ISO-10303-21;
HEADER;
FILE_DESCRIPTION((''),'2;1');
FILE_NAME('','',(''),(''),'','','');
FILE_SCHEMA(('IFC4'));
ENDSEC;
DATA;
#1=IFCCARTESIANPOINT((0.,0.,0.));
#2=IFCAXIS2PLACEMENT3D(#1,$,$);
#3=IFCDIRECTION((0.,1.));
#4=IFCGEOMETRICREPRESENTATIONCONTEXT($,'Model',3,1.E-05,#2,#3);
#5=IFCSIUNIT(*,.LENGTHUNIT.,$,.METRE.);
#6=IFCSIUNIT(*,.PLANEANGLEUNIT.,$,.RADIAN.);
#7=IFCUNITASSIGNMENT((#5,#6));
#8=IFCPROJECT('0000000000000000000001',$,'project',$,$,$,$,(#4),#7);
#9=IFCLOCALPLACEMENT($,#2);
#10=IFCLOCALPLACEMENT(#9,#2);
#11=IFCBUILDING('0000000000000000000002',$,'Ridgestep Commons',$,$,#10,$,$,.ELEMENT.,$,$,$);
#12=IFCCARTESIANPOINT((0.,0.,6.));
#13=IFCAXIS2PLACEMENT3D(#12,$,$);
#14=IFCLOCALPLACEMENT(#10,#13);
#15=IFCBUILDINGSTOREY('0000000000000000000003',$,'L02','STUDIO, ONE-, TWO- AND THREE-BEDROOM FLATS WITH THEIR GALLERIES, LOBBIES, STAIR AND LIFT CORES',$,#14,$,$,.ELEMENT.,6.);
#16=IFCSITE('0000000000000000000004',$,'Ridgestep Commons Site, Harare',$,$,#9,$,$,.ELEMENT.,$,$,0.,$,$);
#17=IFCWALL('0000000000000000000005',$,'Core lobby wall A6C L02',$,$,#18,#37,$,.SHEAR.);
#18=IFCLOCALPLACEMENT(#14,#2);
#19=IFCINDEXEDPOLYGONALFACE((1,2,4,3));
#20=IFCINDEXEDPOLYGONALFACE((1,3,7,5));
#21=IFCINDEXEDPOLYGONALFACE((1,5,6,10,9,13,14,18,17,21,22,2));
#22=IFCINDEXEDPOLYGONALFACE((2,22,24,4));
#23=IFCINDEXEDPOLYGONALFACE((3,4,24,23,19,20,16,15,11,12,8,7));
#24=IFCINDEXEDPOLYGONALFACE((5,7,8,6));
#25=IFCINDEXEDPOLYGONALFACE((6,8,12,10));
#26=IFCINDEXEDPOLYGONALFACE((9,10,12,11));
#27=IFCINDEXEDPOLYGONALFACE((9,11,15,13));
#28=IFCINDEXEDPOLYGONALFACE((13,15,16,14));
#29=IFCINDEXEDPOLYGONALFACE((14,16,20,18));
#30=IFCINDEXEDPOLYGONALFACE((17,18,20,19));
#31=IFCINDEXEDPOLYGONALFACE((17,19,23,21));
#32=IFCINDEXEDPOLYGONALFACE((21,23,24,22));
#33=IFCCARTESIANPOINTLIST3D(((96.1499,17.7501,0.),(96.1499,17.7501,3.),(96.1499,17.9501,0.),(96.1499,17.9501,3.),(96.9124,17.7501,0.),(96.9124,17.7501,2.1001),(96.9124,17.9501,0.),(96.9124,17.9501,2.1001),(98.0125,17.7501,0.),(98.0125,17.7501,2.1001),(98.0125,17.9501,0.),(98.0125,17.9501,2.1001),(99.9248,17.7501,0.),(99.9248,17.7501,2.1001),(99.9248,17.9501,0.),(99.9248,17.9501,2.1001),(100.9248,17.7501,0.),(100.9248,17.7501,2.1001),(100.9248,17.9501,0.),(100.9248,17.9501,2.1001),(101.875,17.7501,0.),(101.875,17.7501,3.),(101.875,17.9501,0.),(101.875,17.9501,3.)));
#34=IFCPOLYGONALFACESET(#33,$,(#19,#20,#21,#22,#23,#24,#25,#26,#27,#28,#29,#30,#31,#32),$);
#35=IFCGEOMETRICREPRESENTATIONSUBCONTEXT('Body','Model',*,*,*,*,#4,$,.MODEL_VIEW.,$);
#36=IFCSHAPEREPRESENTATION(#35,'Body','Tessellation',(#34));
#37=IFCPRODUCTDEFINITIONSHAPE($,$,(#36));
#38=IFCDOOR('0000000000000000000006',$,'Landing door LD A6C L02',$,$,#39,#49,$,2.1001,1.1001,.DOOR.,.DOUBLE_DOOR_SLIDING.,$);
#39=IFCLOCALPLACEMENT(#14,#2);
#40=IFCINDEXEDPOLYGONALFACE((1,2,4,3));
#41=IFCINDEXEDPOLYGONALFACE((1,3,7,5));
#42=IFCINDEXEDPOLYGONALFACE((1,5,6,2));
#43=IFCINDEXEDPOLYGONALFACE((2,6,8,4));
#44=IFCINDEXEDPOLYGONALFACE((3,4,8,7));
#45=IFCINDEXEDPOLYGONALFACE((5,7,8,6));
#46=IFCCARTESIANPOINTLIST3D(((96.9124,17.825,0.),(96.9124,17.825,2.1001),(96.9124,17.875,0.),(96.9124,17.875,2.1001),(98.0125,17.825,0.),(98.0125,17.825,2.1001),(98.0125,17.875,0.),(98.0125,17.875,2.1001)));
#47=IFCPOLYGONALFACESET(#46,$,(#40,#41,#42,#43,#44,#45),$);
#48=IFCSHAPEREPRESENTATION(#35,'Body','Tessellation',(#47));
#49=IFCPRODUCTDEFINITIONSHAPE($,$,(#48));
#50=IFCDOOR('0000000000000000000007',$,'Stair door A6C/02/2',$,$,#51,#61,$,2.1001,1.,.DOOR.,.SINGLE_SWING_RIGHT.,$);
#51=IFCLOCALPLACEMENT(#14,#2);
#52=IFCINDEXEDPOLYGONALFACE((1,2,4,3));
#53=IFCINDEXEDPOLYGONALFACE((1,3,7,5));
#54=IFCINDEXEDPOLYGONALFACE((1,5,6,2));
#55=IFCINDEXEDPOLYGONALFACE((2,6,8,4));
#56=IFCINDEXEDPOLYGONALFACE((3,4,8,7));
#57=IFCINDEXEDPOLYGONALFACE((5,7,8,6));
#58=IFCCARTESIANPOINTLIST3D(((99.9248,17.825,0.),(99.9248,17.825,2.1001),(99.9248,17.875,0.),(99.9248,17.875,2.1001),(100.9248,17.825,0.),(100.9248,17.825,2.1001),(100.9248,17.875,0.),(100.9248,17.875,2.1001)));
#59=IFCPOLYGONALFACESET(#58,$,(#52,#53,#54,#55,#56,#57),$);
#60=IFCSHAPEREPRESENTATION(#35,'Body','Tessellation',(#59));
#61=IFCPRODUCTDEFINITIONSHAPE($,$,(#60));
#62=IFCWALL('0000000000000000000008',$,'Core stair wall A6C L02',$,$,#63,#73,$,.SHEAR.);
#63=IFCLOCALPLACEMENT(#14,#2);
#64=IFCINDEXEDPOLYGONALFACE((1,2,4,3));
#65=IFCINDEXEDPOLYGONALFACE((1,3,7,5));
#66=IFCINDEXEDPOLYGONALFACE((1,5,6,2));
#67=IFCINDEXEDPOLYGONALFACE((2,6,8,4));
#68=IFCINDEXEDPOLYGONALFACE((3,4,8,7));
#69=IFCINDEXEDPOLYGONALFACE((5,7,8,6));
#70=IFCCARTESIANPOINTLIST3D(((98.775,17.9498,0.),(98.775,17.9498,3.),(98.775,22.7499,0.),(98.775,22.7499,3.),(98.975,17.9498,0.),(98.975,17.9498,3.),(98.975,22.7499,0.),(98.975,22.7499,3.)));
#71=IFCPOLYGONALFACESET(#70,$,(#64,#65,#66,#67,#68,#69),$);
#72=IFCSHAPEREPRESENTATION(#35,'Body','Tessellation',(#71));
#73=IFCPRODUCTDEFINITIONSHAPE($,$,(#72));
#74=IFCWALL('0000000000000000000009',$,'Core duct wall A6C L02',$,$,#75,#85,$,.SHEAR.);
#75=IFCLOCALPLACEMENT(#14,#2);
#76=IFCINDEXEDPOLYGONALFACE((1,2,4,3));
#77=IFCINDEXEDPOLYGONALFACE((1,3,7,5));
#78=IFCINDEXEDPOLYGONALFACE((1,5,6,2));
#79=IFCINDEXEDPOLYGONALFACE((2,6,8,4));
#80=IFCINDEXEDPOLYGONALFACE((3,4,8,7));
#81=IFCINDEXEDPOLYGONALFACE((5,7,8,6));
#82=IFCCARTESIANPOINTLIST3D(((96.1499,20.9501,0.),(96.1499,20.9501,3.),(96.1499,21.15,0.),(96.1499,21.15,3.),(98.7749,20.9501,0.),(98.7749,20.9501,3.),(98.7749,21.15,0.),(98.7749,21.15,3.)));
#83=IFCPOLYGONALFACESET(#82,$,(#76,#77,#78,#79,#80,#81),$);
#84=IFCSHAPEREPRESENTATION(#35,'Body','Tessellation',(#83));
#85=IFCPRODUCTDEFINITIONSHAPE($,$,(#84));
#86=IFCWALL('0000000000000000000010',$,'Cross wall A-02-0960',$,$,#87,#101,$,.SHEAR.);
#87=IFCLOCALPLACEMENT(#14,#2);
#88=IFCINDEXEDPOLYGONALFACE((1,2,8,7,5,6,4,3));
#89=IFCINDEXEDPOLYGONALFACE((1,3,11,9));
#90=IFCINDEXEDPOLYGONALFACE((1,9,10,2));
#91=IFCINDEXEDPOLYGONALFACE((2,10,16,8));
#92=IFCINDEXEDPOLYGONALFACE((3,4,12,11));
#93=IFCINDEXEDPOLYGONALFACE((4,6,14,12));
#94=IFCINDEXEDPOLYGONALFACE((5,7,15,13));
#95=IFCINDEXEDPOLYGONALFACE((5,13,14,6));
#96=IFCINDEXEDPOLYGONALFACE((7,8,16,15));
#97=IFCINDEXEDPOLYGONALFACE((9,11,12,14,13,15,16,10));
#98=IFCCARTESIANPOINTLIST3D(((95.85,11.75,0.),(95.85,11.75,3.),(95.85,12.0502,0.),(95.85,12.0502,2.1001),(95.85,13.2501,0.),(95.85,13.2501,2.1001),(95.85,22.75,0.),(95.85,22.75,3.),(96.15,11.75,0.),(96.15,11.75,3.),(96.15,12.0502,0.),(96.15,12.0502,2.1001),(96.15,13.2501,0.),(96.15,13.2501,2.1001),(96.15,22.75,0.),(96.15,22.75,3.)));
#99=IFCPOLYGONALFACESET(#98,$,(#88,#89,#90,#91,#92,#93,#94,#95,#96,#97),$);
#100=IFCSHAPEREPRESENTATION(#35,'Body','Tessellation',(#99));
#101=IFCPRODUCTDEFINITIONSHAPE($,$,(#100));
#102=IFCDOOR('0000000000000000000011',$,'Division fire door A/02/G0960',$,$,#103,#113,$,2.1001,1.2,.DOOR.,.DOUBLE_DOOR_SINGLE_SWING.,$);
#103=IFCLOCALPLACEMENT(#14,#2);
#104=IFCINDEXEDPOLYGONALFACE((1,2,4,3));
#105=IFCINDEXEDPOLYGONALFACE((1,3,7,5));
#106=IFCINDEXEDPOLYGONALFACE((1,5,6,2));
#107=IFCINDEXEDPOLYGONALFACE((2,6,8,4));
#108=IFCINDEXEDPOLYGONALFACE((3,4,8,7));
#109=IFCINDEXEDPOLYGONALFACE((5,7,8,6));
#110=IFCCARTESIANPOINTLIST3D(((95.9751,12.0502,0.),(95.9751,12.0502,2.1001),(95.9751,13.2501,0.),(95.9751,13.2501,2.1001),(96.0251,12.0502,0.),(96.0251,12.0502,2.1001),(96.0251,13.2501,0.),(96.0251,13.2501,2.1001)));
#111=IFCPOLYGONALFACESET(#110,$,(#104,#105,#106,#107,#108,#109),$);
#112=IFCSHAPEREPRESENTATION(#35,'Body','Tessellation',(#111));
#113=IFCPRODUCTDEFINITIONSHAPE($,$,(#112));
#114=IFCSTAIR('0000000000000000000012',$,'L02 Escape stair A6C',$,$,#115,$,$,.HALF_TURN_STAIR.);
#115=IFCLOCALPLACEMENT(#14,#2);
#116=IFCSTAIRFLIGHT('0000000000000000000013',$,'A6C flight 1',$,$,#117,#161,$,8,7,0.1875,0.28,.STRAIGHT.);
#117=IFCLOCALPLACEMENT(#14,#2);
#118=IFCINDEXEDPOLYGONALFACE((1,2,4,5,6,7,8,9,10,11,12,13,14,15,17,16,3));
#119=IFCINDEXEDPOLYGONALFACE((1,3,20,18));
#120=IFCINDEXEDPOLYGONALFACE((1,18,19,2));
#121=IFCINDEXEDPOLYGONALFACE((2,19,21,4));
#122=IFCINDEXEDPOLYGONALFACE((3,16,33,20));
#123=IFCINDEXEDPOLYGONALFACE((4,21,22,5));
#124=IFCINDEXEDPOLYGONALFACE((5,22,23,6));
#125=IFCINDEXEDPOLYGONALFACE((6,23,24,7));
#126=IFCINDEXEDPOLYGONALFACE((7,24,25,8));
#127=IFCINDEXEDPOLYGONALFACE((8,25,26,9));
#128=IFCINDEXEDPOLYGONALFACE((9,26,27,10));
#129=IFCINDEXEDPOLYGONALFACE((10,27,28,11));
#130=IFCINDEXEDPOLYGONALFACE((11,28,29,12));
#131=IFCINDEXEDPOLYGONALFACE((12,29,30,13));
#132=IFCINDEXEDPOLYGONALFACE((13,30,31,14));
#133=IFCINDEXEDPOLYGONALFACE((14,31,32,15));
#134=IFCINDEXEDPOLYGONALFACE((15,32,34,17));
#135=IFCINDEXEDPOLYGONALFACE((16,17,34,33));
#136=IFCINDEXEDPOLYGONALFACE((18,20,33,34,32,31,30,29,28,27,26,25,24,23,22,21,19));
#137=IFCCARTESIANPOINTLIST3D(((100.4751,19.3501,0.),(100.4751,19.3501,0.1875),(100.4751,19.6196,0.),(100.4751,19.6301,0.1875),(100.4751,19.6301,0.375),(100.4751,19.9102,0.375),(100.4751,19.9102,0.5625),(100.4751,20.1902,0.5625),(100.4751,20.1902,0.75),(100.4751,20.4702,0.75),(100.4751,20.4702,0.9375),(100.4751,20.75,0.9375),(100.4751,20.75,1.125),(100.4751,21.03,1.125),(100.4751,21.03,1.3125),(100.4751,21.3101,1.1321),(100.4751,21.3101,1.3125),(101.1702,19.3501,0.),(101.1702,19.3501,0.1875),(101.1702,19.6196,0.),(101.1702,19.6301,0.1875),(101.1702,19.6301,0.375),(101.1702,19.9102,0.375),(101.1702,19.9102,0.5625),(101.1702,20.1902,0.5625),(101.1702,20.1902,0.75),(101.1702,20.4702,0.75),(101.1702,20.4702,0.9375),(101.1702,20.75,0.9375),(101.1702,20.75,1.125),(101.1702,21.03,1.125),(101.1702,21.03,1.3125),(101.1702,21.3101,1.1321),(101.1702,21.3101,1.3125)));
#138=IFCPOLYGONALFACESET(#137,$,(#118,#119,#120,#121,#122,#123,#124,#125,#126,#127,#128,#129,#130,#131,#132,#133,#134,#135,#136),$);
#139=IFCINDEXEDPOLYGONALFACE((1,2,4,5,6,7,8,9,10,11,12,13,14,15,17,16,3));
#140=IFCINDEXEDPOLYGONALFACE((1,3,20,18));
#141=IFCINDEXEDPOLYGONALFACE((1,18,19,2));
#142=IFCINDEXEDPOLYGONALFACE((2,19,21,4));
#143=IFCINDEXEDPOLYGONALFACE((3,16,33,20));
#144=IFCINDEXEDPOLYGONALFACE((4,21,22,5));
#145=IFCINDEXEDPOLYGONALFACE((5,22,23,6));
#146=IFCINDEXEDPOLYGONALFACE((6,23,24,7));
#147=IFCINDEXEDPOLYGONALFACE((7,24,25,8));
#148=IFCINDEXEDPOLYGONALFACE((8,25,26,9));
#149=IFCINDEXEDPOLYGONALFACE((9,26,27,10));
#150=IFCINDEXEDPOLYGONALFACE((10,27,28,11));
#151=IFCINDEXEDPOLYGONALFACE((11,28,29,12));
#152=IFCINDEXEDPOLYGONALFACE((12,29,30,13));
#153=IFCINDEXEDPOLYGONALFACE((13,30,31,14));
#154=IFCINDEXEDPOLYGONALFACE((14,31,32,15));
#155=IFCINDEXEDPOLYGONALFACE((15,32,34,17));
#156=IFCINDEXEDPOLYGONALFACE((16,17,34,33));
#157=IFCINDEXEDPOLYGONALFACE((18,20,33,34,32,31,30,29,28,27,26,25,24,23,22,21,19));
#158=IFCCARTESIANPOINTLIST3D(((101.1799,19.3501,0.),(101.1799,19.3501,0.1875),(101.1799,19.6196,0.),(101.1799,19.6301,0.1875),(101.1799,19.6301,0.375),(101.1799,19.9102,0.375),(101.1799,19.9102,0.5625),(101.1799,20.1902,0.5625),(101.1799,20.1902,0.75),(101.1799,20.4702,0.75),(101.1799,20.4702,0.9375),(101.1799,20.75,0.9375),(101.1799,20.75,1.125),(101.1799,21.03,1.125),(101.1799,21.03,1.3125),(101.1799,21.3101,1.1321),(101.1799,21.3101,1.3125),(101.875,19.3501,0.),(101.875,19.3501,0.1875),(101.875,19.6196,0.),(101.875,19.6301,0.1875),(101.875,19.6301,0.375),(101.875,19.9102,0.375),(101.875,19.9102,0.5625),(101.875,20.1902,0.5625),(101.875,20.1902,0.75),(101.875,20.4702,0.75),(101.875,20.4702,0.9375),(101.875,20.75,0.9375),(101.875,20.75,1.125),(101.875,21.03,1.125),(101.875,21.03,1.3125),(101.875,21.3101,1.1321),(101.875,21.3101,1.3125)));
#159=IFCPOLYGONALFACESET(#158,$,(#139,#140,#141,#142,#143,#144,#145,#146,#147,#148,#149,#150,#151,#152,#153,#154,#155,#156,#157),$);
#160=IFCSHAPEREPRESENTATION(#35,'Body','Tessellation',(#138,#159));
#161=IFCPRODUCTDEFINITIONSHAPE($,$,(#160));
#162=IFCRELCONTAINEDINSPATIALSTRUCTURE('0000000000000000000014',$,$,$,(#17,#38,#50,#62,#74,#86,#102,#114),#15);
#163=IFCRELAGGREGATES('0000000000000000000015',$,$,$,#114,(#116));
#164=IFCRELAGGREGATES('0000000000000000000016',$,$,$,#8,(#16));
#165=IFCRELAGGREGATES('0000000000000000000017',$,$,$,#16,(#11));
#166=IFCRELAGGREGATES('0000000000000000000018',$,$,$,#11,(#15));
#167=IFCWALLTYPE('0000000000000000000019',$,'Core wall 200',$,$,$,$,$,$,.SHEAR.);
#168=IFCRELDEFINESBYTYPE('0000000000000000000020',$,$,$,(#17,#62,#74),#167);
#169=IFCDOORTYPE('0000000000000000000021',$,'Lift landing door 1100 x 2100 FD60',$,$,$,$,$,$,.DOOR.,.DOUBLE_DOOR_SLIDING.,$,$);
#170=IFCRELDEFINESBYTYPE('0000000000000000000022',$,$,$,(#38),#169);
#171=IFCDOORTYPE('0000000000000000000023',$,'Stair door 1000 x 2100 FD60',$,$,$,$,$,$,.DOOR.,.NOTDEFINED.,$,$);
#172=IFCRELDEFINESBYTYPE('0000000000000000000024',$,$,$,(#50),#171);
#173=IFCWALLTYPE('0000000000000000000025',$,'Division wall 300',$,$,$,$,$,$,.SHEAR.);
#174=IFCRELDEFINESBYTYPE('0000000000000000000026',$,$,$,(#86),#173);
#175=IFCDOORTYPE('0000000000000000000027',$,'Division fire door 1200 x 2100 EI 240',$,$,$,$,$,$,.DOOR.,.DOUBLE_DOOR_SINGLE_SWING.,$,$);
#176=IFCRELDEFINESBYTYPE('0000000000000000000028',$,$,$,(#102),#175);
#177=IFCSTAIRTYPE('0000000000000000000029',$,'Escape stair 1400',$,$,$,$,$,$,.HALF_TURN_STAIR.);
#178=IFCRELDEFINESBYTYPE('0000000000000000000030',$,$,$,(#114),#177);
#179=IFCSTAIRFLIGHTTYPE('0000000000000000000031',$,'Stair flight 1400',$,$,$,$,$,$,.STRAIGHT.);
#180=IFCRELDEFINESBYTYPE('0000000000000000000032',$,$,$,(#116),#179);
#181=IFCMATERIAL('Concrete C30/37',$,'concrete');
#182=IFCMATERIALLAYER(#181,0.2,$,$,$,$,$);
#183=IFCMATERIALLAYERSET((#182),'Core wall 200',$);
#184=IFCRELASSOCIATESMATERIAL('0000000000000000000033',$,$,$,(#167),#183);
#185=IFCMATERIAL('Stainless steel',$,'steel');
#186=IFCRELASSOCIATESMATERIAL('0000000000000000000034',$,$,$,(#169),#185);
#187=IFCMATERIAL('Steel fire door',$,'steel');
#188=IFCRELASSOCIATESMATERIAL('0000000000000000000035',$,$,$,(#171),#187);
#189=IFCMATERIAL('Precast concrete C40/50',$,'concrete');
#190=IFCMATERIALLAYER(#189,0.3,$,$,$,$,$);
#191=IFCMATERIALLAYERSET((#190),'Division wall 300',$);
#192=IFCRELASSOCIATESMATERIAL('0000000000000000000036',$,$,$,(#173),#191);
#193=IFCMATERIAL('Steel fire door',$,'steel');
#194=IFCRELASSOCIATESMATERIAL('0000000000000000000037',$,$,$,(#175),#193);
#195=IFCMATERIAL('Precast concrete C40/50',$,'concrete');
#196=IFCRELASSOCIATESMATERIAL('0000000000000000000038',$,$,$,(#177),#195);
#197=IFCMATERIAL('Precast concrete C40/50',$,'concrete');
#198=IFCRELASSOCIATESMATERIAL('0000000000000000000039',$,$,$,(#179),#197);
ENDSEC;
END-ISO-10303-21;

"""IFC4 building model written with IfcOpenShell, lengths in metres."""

from ifc_helpers import new_model, si_unit, direction, frame, frame_2d, origin, place, context, subcontext, project, spatial, polyline, rectangle, outline, extrude, material, layer, layer_set, type_object, element, fill, aggregate, save


model = new_model("IFC4")

# Units and contexts
model_context = context("Model", 3, precision=1e-05, world=origin(), true_north=direction((0.0, 1.0)))
body_context = subcontext(model_context, "Body", "Model", "MODEL_VIEW")
ifc_project = project(units=[si_unit("LENGTHUNIT", "METRE"), si_unit("PLANEANGLEUNIT", "RADIAN")], contexts=[model_context])

# Site, building, storey
site_placement = place(None, origin())
site = spatial("IfcSite", under=ifc_project, at=site_placement, Name="Ridgestep Commons Site, Harare", CompositionType="ELEMENT", RefElevation=0.0)
building_placement = place(site_placement, origin())
building = spatial("IfcBuilding", under=site, at=building_placement, Name="Ridgestep Commons", CompositionType="ELEMENT")
storey_placement = place(building_placement, frame((0.0, 0.0, 6.0)))
storey = spatial("IfcBuildingStorey", under=building, at=storey_placement, Name="L02", Description="STUDIO, ONE-, TWO- AND THREE-BEDROOM FLATS WITH THEIR GALLERIES, LOBBIES, STAIR AND LIFT CORES", CompositionType="ELEMENT", Elevation=6.0)

# Shared definitions
ifc_material_1 = material(Name="Concrete C30/37", Category="concrete")
ifc_layer_1 = layer(ifc_material_1, 0.2)
ifc_layer_set_1 = layer_set([ifc_layer_1], Name="Core wall 200")
wall_type_1 = type_object("IfcWallType", Name="Core wall 200", PredefinedType="SHEAR", material=ifc_layer_set_1)

# Wall, openings, doors
wall_1_placement = place(storey_placement, frame((96.1499, 17.8501, 0.0), z_axis=(0.0, 0.0, 1.0), x_axis=(1.0, 0.0, 0.0)))
wall_1 = element("IfcWall", 1, at=wall_1_placement, inside=storey, type_object=wall_type_1, Name="Core lobby wall A6C L02", PredefinedType="SHEAR", context=body_context, shape_type="SweptSolid", body=[
    extrude(rectangle(XDim=5.7251, YDim=0.2, at=frame_2d((2.8625, 0.0))), origin(), (0.0, 0.0, 1.0), 3.0),
])
opening_1_placement = place(wall_1_placement, frame((3.7749, 0.0, 0.0)))
opening_1 = element("IfcOpeningElement", 2, at=opening_1_placement, cuts=wall_1, PredefinedType="OPENING", context=body_context, shape_type="SweptSolid", body=[
    extrude(rectangle(XDim=1.0, YDim=2.1001, at=frame_2d((0.5, 1.05))), frame((0.0, 0.1099, 0.0), z_axis=(0.0, -1.0, 0.0), x_axis=(1.0, 0.0, 0.0)), (0.0, 0.0, 1.0), 0.22),
])
opening_2_placement = place(wall_1_placement, frame((0.7625, 0.0, 0.0)))
opening_2 = element("IfcOpeningElement", 3, at=opening_2_placement, cuts=wall_1, PredefinedType="OPENING", context=body_context, shape_type="SweptSolid", body=[
    extrude(rectangle(XDim=1.1001, YDim=2.1001, at=frame_2d((0.55, 1.05))), frame((0.0, 0.1099, 0.0), z_axis=(0.0, -1.0, 0.0), x_axis=(1.0, 0.0, 0.0)), (0.0, 0.0, 1.0), 0.22),
])
ifc_material_2 = material(Name="Stainless steel", Category="steel")
door_type_1 = type_object("IfcDoorType", Name="Lift landing door 1100 x 2100 FD60", OperationType="DOUBLE_DOOR_SLIDING", PredefinedType="DOOR", material=ifc_material_2)
door_1_placement = place(opening_2_placement, origin())
door_1 = element("IfcDoor", 4, at=door_1_placement, inside=storey, type_object=door_type_1, Name="Landing door LD A6C L02", OperationType="DOUBLE_DOOR_SLIDING", OverallHeight=2.1001, OverallWidth=1.1001, PredefinedType="DOOR", context=body_context, shape_type="SweptSolid", body=[
    extrude(rectangle(XDim=1.1001, YDim=2.1001, at=frame_2d((0.55, 1.05))), frame((0.0, 0.0249, 0.0), z_axis=(0.0, -1.0, 0.0), x_axis=(1.0, 0.0, 0.0)), (0.0, 0.0, 1.0), 0.05),
])
fill(opening_2, door_1)
ifc_material_3 = material(Name="Steel fire door", Category="steel")
door_type_2 = type_object("IfcDoorType", Name="Stair door 1000 x 2100 FD60", OperationType="NOTDEFINED", PredefinedType="DOOR", material=ifc_material_3)
door_2_placement = place(opening_1_placement, origin())
door_2 = element("IfcDoor", 5, at=door_2_placement, inside=storey, type_object=door_type_2, Name="Stair door A6C/02/2", OperationType="SINGLE_SWING_RIGHT", OverallHeight=2.1001, OverallWidth=1.0, PredefinedType="DOOR", context=body_context, shape_type="SweptSolid", body=[
    extrude(rectangle(XDim=1.0, YDim=2.1001, at=frame_2d((0.5, 1.05))), frame((0.0, 0.0249, 0.0), z_axis=(0.0, -1.0, 0.0), x_axis=(1.0, 0.0, 0.0)), (0.0, 0.0, 1.0), 0.05),
])
fill(opening_1, door_2)

# Walls
wall_2_placement = place(storey_placement, frame((98.875, 17.95, 0.0), z_axis=(0.0, 0.0, 1.0), x_axis=(0.0, 1.0, 0.0)))
element("IfcWall", 6, at=wall_2_placement, inside=storey, type_object=wall_type_1, Name="Core stair wall A6C L02", PredefinedType="SHEAR", context=body_context, shape_type="SweptSolid", body=[
    extrude(rectangle(XDim=4.8, YDim=0.2, at=frame_2d((2.3999, 0.0))), origin(), (0.0, 0.0, 1.0), 3.0),
])
wall_3_placement = place(storey_placement, frame((96.1499, 21.05, 0.0), z_axis=(0.0, 0.0, 1.0), x_axis=(1.0, 0.0, 0.0)))
element("IfcWall", 7, at=wall_3_placement, inside=storey, type_object=wall_type_1, Name="Core duct wall A6C L02", PredefinedType="SHEAR", context=body_context, shape_type="SweptSolid", body=[
    extrude(rectangle(XDim=2.625, YDim=0.2, at=frame_2d((1.3125, 0.0))), origin(), (0.0, 0.0, 1.0), 3.0),
])

# Wall, opening, door
ifc_material_4 = material(Name="Precast concrete C40/50", Category="concrete")
ifc_layer_2 = layer(ifc_material_4, 0.3)
ifc_layer_set_2 = layer_set([ifc_layer_2], Name="Division wall 300")
wall_type_2 = type_object("IfcWallType", Name="Division wall 300", PredefinedType="SHEAR", material=ifc_layer_set_2)
wall_4_placement = place(storey_placement, frame((96.0, 11.75, 0.0), z_axis=(0.0, 0.0, 1.0), x_axis=(0.0, 1.0, 0.0)))
wall_4 = element("IfcWall", 8, at=wall_4_placement, inside=storey, type_object=wall_type_2, Name="Cross wall A-02-0960", PredefinedType="SHEAR", context=body_context, shape_type="SweptSolid", body=[
    extrude(rectangle(XDim=11.0, YDim=0.3, at=frame_2d((5.5, 0.0))), origin(), (0.0, 0.0, 1.0), 3.0),
])
opening_3_placement = place(wall_4_placement, frame((0.3, 0.0, 0.0)))
opening_3 = element("IfcOpeningElement", 9, at=opening_3_placement, cuts=wall_4, PredefinedType="OPENING", context=body_context, shape_type="SweptSolid", body=[
    extrude(rectangle(XDim=1.2, YDim=2.1001, at=frame_2d((0.6001, 1.05))), frame((0.0, 0.1599, 0.0), z_axis=(0.0, -1.0, 0.0), x_axis=(1.0, 0.0, 0.0)), (0.0, 0.0, 1.0), 0.3201),
])
ifc_material_5 = material(Name="Steel fire door", Category="steel")
door_type_3 = type_object("IfcDoorType", Name="Division fire door 1200 x 2100 EI 240", OperationType="DOUBLE_DOOR_SINGLE_SWING", PredefinedType="DOOR", material=ifc_material_5)
door_3_placement = place(opening_3_placement, origin())
door_3 = element("IfcDoor", 10, at=door_3_placement, inside=storey, type_object=door_type_3, Name="Division fire door A/02/G0960", OperationType="DOUBLE_DOOR_SINGLE_SWING", OverallHeight=2.1001, OverallWidth=1.2, PredefinedType="DOOR", context=body_context, shape_type="SweptSolid", body=[
    extrude(rectangle(XDim=1.2, YDim=2.1001, at=frame_2d((0.6001, 1.05))), frame((0.0, 0.0249, 0.0), z_axis=(0.0, -1.0, 0.0), x_axis=(1.0, 0.0, 0.0)), (0.0, 0.0, 1.0), 0.05),
])
fill(opening_3, door_3)

# Stair, stair flight
ifc_material_6 = material(Name="Precast concrete C40/50", Category="concrete")
stair_type = type_object("IfcStairType", Name="Escape stair 1400", PredefinedType="HALF_TURN_STAIR", material=ifc_material_6)
stair_placement = place(storey_placement, origin())
stair = element("IfcStair", 11, at=stair_placement, inside=storey, type_object=stair_type, Name="L02 Escape stair A6C", PredefinedType="HALF_TURN_STAIR")
ifc_material_7 = material(Name="Precast concrete C40/50", Category="concrete")
stair_flight_type = type_object("IfcStairFlightType", Name="Stair flight 1400", PredefinedType="STRAIGHT", material=ifc_material_7)
stair_flight_placement = place(storey_placement, frame((101.175, 19.3501, 0.0), z_axis=(0.0, 0.0, 1.0), x_axis=(0.0, 1.0, 0.0)))
stair_flight = element("IfcStairFlight", 12, at=stair_flight_placement, type_object=stair_flight_type, Name="A6C flight 1", NumberOfRisers=8, NumberOfTreads=7, PredefinedType="STRAIGHT", RiserHeight=0.1875, TreadLength=0.28, context=body_context, shape_type="SweptSolid", body=[
    extrude(outline(polyline([(0.0, 0.0), (0.0, 0.1875), (0.28, 0.1875), (0.28, 0.375), (0.5601, 0.375), (0.5601, 0.5625), (0.8401, 0.5625), (0.8401, 0.75), (1.1201, 0.75), (1.1201, 0.9375), (1.3999, 0.9375), (1.3999, 1.125), (1.6799, 1.125), (1.6799, 1.3125), (1.96, 1.3125), (1.96, 1.5), (1.96, 1.1321), (0.2695, 0.0), (0.0, 0.0)])), frame((0.0, 0.7, 0.0), z_axis=(0.0, -1.0, 0.0), x_axis=(1.0, 0.0, 0.0)), (0.0, 0.0, 1.0), 0.6951),
    extrude(outline(polyline([(0.0, 0.0), (0.0, 0.1875), (0.28, 0.1875), (0.28, 0.375), (0.5601, 0.375), (0.5601, 0.5625), (0.8401, 0.5625), (0.8401, 0.75), (1.1201, 0.75), (1.1201, 0.9375), (1.3999, 0.9375), (1.3999, 1.125), (1.6799, 1.125), (1.6799, 1.3125), (1.96, 1.3125), (1.96, 1.5), (1.96, 1.1321), (0.2695, 0.0), (0.0, 0.0)])), frame((0.0, -0.0049, 0.0), z_axis=(0.0, -1.0, 0.0), x_axis=(1.0, 0.0, 0.0)), (0.0, 0.0, 1.0), 0.6951),
])
aggregate(stair, [stair_flight])

save(model, "model.ifc")
